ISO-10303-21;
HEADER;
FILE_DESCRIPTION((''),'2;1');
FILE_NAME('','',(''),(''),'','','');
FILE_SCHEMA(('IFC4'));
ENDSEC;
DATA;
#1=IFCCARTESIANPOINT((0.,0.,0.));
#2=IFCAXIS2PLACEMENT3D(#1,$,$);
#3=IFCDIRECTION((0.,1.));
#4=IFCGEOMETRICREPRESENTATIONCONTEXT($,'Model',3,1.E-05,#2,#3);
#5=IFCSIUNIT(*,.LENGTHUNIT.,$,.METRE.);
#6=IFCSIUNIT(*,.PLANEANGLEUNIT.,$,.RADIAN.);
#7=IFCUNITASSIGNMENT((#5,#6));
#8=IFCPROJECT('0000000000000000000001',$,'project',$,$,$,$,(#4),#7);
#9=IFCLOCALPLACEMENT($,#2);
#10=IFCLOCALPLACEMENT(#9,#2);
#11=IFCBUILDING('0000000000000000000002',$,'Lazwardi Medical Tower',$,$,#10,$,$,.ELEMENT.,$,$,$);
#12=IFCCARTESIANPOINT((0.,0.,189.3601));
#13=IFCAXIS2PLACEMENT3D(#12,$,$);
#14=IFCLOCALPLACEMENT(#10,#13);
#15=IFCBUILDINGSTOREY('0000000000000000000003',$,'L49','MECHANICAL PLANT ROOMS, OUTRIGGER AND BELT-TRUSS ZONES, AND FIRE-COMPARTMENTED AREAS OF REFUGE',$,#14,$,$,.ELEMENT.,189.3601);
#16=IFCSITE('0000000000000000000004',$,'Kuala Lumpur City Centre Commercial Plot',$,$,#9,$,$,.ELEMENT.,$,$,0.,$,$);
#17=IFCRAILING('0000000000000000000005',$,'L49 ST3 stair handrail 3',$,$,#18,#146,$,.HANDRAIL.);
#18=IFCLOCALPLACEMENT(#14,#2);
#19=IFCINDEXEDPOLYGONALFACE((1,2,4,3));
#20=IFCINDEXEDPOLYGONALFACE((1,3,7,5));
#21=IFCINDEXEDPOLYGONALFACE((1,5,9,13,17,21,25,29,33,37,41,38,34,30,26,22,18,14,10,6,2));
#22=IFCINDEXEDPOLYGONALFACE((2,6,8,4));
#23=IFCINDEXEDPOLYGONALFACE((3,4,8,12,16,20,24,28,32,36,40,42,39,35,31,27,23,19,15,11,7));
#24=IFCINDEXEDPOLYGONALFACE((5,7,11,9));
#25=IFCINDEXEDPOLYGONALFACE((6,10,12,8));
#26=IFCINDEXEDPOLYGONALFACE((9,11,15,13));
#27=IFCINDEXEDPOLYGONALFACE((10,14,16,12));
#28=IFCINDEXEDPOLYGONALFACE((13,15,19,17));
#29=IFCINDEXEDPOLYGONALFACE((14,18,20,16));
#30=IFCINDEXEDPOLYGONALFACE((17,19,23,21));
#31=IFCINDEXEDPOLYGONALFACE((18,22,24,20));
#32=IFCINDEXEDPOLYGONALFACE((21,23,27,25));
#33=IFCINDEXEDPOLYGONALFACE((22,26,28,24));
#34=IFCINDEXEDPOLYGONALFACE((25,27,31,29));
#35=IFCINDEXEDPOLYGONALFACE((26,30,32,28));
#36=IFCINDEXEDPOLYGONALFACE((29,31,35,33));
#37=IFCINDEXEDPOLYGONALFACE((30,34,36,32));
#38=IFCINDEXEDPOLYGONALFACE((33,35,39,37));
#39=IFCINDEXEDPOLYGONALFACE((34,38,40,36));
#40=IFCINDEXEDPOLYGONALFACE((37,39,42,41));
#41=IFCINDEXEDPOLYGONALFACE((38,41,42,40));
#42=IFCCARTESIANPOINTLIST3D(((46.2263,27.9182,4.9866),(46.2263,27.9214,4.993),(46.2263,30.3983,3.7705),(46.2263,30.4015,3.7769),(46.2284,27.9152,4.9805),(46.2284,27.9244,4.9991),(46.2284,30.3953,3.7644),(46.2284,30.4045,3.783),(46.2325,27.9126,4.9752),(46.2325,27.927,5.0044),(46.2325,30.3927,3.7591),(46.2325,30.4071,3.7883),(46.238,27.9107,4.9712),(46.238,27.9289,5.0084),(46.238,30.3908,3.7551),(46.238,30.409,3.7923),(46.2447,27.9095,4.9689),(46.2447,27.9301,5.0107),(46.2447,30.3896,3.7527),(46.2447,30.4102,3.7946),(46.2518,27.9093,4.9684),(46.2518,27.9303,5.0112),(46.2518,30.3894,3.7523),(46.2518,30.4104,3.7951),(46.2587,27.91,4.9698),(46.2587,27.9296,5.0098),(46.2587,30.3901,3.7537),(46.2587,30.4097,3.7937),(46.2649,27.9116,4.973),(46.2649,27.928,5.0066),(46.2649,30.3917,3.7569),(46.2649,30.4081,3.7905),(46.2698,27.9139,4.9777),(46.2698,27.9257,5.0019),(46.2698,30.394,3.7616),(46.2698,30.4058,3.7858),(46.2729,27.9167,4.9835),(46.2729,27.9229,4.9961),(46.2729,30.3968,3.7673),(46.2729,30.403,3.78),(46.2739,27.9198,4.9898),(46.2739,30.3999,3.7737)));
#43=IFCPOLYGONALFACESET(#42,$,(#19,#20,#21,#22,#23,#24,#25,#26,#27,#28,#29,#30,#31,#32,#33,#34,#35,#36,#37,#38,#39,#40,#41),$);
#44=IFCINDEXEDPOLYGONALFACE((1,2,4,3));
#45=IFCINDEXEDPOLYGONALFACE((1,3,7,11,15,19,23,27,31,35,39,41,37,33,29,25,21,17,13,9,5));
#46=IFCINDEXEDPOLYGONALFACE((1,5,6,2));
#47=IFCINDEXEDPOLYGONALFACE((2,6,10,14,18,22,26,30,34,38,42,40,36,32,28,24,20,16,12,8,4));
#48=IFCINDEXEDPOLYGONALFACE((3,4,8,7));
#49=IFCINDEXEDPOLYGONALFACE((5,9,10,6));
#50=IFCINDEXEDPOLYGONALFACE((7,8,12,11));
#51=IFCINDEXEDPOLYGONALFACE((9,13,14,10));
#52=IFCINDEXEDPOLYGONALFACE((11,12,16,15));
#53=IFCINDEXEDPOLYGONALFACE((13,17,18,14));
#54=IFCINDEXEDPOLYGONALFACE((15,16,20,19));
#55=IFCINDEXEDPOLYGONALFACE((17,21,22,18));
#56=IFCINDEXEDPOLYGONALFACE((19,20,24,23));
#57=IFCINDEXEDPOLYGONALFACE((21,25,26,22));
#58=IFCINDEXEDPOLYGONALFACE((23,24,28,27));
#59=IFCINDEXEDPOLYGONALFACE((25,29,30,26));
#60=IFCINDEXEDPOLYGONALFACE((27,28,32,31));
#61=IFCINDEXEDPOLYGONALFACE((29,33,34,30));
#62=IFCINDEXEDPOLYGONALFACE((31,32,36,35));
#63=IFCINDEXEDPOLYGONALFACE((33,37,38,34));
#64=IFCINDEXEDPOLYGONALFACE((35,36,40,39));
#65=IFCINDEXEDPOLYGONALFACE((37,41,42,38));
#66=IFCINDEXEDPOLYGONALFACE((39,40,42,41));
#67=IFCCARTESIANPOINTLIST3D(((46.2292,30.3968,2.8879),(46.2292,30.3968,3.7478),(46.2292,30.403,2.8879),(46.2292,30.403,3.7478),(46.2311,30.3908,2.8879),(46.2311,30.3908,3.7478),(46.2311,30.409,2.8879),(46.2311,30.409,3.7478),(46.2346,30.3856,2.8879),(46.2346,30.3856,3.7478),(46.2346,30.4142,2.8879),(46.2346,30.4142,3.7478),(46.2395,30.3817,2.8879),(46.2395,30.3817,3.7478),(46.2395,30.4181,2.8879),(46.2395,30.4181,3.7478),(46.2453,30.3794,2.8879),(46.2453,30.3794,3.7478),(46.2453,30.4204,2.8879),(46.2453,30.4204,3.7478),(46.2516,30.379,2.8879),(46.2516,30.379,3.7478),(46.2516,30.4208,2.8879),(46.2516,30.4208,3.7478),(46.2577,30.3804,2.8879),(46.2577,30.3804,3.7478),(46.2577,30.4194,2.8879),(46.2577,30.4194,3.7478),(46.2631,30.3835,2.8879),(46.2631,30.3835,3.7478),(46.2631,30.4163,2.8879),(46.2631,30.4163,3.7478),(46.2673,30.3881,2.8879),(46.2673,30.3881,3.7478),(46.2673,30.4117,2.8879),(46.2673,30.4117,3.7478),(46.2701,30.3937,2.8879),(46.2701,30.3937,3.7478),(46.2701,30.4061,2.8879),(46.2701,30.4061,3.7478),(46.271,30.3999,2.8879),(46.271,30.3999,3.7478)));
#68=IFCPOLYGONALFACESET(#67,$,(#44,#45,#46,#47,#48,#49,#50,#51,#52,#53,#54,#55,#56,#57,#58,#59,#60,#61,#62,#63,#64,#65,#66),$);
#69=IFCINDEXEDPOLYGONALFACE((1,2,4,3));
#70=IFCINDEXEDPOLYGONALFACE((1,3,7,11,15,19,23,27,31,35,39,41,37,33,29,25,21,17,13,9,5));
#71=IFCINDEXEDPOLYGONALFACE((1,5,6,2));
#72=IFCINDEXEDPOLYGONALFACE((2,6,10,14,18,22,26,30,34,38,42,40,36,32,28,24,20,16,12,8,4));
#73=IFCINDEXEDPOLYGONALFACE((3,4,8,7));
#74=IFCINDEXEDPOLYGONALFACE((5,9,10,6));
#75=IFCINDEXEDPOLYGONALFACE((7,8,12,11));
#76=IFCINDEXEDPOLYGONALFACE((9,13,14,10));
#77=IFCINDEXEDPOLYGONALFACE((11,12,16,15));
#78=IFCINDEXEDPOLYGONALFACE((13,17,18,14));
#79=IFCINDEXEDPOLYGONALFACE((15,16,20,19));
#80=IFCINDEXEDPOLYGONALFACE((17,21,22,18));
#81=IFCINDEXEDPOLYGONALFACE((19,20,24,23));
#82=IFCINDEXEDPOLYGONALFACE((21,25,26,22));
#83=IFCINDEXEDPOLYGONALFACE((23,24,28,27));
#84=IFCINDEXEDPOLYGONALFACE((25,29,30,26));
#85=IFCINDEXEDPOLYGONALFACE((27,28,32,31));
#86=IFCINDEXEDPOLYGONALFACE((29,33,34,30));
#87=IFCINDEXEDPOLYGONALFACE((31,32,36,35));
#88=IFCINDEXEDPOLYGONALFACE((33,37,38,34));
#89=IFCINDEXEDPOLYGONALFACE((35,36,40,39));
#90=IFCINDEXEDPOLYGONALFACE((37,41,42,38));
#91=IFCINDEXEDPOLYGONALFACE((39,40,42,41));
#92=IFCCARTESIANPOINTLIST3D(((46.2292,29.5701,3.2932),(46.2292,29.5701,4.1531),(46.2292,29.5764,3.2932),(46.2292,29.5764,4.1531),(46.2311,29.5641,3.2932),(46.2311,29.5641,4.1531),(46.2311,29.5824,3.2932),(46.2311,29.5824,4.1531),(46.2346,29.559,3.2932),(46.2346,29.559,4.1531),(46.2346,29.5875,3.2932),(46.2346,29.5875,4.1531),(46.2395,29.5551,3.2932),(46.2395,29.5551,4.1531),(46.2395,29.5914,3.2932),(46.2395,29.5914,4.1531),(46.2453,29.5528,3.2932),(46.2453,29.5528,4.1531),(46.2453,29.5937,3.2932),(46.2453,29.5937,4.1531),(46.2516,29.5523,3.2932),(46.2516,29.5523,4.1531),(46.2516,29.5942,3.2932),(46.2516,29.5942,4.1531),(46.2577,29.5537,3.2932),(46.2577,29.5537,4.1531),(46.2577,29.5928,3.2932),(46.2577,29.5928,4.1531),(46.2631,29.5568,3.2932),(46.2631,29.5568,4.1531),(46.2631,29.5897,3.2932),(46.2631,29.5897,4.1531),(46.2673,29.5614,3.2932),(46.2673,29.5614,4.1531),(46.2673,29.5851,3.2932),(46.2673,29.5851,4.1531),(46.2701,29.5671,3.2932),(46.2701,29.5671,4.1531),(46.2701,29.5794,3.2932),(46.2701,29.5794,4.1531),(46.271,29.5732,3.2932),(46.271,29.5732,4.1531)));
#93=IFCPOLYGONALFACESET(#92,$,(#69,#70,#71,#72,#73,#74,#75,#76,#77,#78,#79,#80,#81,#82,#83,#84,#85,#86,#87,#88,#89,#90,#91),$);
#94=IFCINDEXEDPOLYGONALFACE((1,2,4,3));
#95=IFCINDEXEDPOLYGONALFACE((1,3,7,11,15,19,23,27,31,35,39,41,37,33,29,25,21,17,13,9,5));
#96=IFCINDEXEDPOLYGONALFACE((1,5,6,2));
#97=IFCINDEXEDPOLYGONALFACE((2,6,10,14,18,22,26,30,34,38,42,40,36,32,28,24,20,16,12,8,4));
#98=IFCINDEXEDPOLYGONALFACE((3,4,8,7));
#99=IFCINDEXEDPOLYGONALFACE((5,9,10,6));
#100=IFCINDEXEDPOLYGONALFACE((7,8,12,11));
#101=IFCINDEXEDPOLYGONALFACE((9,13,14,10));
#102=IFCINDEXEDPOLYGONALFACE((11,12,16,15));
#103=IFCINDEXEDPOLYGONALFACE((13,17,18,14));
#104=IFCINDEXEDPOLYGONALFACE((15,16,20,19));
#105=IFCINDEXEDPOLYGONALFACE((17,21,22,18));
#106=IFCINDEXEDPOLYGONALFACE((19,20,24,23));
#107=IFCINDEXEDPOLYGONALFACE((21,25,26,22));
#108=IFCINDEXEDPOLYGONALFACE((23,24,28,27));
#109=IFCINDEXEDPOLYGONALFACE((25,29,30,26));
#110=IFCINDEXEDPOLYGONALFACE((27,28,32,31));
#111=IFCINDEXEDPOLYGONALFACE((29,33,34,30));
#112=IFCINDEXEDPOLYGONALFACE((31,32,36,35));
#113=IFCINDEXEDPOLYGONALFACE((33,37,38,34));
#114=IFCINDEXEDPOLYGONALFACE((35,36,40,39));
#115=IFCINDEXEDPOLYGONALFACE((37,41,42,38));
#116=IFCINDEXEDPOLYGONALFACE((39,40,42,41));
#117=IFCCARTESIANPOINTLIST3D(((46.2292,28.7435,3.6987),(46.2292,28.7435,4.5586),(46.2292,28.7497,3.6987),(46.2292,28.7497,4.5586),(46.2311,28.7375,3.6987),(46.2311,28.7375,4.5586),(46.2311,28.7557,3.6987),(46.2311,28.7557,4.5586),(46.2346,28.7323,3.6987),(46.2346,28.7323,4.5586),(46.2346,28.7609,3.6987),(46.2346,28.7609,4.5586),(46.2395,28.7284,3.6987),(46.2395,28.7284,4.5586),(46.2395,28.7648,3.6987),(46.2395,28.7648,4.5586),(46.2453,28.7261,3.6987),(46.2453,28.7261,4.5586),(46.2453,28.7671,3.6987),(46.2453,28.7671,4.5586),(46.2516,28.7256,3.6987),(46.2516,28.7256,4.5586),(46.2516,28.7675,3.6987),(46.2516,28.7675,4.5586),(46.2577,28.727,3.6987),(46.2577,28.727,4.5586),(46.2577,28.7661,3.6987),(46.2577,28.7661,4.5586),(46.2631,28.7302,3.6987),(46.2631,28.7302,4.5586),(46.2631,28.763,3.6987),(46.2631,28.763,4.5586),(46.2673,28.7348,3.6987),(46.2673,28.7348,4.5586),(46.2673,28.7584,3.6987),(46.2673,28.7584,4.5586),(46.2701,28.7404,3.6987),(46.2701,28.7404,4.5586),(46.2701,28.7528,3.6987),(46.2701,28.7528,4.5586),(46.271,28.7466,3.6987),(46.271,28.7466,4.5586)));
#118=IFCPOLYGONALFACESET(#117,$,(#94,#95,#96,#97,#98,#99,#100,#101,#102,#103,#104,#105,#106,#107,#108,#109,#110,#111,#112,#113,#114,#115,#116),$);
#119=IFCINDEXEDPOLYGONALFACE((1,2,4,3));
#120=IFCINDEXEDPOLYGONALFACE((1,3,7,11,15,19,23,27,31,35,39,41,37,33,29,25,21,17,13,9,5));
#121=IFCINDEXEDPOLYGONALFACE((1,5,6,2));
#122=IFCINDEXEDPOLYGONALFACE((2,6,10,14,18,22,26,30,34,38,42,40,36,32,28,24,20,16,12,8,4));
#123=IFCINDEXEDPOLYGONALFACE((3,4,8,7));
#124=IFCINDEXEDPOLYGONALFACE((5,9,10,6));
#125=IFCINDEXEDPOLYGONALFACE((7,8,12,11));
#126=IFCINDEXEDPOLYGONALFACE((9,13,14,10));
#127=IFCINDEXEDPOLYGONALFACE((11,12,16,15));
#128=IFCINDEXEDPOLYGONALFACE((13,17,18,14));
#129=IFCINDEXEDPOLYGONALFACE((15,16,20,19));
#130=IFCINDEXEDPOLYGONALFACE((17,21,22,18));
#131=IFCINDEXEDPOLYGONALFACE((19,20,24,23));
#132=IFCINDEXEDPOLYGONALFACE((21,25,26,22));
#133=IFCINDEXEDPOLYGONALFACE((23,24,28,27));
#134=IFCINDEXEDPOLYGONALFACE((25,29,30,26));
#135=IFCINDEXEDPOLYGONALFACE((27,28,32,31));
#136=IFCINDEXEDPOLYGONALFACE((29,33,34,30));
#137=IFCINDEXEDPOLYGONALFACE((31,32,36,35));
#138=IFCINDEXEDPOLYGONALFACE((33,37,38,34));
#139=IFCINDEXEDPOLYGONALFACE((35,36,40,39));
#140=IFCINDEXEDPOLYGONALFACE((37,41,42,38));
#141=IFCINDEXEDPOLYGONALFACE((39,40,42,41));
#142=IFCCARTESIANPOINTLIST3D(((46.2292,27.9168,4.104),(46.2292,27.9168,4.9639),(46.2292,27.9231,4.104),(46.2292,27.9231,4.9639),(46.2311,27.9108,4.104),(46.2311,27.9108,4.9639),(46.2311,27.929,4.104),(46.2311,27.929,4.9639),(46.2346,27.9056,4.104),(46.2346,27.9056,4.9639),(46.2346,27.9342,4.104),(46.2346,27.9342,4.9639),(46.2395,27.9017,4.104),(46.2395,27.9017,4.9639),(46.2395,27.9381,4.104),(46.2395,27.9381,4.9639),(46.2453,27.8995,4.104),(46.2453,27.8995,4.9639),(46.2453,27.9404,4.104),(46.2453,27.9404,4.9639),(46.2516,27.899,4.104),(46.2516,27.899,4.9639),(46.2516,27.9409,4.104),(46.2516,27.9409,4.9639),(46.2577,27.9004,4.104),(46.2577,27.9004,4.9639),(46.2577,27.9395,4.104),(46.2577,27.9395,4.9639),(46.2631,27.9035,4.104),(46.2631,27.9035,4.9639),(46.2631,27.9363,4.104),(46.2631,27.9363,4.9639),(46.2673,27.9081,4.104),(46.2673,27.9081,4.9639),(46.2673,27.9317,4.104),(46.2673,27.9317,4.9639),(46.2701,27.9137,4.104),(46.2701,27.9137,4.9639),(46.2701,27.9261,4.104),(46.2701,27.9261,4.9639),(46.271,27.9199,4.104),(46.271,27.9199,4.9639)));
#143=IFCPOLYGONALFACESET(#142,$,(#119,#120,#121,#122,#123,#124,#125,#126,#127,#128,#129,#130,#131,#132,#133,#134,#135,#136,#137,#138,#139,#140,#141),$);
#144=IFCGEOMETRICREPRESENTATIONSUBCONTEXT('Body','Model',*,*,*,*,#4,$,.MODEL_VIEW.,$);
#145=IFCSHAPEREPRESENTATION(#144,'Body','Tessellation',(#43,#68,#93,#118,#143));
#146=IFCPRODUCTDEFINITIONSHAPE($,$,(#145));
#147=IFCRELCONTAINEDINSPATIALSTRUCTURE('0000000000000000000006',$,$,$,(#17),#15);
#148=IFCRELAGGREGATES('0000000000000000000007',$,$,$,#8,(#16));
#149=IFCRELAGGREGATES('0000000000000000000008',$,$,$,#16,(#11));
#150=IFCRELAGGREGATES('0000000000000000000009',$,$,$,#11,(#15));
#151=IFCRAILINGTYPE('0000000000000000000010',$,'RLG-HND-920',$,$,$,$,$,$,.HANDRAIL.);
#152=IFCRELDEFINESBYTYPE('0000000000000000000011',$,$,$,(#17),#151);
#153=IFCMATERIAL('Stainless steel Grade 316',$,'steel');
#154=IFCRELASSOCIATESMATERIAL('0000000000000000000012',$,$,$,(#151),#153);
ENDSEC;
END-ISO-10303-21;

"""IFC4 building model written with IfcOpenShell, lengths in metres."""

from ifc_helpers import new_model, si_unit, direction, frame, origin, origin_2d, place, context, subcontext, project, spatial, circle, extrude, material, type_object, element, save


model = new_model("IFC4")

# Units and contexts
model_context = context("Model", 3, precision=1e-05, world=origin(), true_north=direction((0.0, 1.0)))
body_context = subcontext(model_context, "Body", "Model", "MODEL_VIEW")
ifc_project = project(units=[si_unit("LENGTHUNIT", "METRE"), si_unit("PLANEANGLEUNIT", "RADIAN")], contexts=[model_context])

# Site, building, storey
site_placement = place(None, origin())
site = spatial("IfcSite", under=ifc_project, at=site_placement, Name="Kuala Lumpur City Centre Commercial Plot", CompositionType="ELEMENT", RefElevation=0.0)
building_placement = place(site_placement, origin())
building = spatial("IfcBuilding", under=site, at=building_placement, Name="Lazwardi Medical Tower", CompositionType="ELEMENT")
storey_placement = place(building_placement, frame((0.0, 0.0, 189.3601)))
storey = spatial("IfcBuildingStorey", under=building, at=storey_placement, Name="L49", Description="MECHANICAL PLANT ROOMS, OUTRIGGER AND BELT-TRUSS ZONES, AND FIRE-COMPARTMENTED AREAS OF REFUGE", CompositionType="ELEMENT", Elevation=189.3601)

# Railing
ifc_material_1 = material(Name="Stainless steel Grade 316", Category="steel")
railing_type_1 = type_object("IfcRailingType", Name="RLG-HND-920", PredefinedType="HANDRAIL", material=ifc_material_1)
for number, where, name in (
    (1, (46.25, 30.3999, 2.8879), "L49 ST3 stair handrail 3"),
):
    element("IfcRailing", number, at=place(storey_placement, frame(where)), inside=storey, type_object=railing_type_1, Name=name, PredefinedType="HANDRAIL", context=body_context, shape_type="SweptSolid", body=[
        extrude(circle(Radius=0.0239, at=origin_2d()), frame((0.0, 0.0, 0.8857), z_axis=(0.0, -0.897865, 0.44027), x_axis=(1.0, 0.0, 0.0)), (0.0, 0.0, 1.0), 2.7622),
        extrude(circle(Radius=0.021, at=origin_2d()), origin(), (0.0, 0.0, 1.0), 0.8599),
        extrude(circle(Radius=0.021, at=origin_2d()), frame((0.0, -0.8267, 0.4053)), (0.0, 0.0, 1.0), 0.8599),
        extrude(circle(Radius=0.021, at=origin_2d()), frame((0.0, -1.6533, 0.8108)), (0.0, 0.0, 1.0), 0.8599),
        extrude(circle(Radius=0.021, at=origin_2d()), frame((0.0, -2.48, 1.2161)), (0.0, 0.0, 1.0), 0.8599),
    ])

save(model, "model.ifc")
